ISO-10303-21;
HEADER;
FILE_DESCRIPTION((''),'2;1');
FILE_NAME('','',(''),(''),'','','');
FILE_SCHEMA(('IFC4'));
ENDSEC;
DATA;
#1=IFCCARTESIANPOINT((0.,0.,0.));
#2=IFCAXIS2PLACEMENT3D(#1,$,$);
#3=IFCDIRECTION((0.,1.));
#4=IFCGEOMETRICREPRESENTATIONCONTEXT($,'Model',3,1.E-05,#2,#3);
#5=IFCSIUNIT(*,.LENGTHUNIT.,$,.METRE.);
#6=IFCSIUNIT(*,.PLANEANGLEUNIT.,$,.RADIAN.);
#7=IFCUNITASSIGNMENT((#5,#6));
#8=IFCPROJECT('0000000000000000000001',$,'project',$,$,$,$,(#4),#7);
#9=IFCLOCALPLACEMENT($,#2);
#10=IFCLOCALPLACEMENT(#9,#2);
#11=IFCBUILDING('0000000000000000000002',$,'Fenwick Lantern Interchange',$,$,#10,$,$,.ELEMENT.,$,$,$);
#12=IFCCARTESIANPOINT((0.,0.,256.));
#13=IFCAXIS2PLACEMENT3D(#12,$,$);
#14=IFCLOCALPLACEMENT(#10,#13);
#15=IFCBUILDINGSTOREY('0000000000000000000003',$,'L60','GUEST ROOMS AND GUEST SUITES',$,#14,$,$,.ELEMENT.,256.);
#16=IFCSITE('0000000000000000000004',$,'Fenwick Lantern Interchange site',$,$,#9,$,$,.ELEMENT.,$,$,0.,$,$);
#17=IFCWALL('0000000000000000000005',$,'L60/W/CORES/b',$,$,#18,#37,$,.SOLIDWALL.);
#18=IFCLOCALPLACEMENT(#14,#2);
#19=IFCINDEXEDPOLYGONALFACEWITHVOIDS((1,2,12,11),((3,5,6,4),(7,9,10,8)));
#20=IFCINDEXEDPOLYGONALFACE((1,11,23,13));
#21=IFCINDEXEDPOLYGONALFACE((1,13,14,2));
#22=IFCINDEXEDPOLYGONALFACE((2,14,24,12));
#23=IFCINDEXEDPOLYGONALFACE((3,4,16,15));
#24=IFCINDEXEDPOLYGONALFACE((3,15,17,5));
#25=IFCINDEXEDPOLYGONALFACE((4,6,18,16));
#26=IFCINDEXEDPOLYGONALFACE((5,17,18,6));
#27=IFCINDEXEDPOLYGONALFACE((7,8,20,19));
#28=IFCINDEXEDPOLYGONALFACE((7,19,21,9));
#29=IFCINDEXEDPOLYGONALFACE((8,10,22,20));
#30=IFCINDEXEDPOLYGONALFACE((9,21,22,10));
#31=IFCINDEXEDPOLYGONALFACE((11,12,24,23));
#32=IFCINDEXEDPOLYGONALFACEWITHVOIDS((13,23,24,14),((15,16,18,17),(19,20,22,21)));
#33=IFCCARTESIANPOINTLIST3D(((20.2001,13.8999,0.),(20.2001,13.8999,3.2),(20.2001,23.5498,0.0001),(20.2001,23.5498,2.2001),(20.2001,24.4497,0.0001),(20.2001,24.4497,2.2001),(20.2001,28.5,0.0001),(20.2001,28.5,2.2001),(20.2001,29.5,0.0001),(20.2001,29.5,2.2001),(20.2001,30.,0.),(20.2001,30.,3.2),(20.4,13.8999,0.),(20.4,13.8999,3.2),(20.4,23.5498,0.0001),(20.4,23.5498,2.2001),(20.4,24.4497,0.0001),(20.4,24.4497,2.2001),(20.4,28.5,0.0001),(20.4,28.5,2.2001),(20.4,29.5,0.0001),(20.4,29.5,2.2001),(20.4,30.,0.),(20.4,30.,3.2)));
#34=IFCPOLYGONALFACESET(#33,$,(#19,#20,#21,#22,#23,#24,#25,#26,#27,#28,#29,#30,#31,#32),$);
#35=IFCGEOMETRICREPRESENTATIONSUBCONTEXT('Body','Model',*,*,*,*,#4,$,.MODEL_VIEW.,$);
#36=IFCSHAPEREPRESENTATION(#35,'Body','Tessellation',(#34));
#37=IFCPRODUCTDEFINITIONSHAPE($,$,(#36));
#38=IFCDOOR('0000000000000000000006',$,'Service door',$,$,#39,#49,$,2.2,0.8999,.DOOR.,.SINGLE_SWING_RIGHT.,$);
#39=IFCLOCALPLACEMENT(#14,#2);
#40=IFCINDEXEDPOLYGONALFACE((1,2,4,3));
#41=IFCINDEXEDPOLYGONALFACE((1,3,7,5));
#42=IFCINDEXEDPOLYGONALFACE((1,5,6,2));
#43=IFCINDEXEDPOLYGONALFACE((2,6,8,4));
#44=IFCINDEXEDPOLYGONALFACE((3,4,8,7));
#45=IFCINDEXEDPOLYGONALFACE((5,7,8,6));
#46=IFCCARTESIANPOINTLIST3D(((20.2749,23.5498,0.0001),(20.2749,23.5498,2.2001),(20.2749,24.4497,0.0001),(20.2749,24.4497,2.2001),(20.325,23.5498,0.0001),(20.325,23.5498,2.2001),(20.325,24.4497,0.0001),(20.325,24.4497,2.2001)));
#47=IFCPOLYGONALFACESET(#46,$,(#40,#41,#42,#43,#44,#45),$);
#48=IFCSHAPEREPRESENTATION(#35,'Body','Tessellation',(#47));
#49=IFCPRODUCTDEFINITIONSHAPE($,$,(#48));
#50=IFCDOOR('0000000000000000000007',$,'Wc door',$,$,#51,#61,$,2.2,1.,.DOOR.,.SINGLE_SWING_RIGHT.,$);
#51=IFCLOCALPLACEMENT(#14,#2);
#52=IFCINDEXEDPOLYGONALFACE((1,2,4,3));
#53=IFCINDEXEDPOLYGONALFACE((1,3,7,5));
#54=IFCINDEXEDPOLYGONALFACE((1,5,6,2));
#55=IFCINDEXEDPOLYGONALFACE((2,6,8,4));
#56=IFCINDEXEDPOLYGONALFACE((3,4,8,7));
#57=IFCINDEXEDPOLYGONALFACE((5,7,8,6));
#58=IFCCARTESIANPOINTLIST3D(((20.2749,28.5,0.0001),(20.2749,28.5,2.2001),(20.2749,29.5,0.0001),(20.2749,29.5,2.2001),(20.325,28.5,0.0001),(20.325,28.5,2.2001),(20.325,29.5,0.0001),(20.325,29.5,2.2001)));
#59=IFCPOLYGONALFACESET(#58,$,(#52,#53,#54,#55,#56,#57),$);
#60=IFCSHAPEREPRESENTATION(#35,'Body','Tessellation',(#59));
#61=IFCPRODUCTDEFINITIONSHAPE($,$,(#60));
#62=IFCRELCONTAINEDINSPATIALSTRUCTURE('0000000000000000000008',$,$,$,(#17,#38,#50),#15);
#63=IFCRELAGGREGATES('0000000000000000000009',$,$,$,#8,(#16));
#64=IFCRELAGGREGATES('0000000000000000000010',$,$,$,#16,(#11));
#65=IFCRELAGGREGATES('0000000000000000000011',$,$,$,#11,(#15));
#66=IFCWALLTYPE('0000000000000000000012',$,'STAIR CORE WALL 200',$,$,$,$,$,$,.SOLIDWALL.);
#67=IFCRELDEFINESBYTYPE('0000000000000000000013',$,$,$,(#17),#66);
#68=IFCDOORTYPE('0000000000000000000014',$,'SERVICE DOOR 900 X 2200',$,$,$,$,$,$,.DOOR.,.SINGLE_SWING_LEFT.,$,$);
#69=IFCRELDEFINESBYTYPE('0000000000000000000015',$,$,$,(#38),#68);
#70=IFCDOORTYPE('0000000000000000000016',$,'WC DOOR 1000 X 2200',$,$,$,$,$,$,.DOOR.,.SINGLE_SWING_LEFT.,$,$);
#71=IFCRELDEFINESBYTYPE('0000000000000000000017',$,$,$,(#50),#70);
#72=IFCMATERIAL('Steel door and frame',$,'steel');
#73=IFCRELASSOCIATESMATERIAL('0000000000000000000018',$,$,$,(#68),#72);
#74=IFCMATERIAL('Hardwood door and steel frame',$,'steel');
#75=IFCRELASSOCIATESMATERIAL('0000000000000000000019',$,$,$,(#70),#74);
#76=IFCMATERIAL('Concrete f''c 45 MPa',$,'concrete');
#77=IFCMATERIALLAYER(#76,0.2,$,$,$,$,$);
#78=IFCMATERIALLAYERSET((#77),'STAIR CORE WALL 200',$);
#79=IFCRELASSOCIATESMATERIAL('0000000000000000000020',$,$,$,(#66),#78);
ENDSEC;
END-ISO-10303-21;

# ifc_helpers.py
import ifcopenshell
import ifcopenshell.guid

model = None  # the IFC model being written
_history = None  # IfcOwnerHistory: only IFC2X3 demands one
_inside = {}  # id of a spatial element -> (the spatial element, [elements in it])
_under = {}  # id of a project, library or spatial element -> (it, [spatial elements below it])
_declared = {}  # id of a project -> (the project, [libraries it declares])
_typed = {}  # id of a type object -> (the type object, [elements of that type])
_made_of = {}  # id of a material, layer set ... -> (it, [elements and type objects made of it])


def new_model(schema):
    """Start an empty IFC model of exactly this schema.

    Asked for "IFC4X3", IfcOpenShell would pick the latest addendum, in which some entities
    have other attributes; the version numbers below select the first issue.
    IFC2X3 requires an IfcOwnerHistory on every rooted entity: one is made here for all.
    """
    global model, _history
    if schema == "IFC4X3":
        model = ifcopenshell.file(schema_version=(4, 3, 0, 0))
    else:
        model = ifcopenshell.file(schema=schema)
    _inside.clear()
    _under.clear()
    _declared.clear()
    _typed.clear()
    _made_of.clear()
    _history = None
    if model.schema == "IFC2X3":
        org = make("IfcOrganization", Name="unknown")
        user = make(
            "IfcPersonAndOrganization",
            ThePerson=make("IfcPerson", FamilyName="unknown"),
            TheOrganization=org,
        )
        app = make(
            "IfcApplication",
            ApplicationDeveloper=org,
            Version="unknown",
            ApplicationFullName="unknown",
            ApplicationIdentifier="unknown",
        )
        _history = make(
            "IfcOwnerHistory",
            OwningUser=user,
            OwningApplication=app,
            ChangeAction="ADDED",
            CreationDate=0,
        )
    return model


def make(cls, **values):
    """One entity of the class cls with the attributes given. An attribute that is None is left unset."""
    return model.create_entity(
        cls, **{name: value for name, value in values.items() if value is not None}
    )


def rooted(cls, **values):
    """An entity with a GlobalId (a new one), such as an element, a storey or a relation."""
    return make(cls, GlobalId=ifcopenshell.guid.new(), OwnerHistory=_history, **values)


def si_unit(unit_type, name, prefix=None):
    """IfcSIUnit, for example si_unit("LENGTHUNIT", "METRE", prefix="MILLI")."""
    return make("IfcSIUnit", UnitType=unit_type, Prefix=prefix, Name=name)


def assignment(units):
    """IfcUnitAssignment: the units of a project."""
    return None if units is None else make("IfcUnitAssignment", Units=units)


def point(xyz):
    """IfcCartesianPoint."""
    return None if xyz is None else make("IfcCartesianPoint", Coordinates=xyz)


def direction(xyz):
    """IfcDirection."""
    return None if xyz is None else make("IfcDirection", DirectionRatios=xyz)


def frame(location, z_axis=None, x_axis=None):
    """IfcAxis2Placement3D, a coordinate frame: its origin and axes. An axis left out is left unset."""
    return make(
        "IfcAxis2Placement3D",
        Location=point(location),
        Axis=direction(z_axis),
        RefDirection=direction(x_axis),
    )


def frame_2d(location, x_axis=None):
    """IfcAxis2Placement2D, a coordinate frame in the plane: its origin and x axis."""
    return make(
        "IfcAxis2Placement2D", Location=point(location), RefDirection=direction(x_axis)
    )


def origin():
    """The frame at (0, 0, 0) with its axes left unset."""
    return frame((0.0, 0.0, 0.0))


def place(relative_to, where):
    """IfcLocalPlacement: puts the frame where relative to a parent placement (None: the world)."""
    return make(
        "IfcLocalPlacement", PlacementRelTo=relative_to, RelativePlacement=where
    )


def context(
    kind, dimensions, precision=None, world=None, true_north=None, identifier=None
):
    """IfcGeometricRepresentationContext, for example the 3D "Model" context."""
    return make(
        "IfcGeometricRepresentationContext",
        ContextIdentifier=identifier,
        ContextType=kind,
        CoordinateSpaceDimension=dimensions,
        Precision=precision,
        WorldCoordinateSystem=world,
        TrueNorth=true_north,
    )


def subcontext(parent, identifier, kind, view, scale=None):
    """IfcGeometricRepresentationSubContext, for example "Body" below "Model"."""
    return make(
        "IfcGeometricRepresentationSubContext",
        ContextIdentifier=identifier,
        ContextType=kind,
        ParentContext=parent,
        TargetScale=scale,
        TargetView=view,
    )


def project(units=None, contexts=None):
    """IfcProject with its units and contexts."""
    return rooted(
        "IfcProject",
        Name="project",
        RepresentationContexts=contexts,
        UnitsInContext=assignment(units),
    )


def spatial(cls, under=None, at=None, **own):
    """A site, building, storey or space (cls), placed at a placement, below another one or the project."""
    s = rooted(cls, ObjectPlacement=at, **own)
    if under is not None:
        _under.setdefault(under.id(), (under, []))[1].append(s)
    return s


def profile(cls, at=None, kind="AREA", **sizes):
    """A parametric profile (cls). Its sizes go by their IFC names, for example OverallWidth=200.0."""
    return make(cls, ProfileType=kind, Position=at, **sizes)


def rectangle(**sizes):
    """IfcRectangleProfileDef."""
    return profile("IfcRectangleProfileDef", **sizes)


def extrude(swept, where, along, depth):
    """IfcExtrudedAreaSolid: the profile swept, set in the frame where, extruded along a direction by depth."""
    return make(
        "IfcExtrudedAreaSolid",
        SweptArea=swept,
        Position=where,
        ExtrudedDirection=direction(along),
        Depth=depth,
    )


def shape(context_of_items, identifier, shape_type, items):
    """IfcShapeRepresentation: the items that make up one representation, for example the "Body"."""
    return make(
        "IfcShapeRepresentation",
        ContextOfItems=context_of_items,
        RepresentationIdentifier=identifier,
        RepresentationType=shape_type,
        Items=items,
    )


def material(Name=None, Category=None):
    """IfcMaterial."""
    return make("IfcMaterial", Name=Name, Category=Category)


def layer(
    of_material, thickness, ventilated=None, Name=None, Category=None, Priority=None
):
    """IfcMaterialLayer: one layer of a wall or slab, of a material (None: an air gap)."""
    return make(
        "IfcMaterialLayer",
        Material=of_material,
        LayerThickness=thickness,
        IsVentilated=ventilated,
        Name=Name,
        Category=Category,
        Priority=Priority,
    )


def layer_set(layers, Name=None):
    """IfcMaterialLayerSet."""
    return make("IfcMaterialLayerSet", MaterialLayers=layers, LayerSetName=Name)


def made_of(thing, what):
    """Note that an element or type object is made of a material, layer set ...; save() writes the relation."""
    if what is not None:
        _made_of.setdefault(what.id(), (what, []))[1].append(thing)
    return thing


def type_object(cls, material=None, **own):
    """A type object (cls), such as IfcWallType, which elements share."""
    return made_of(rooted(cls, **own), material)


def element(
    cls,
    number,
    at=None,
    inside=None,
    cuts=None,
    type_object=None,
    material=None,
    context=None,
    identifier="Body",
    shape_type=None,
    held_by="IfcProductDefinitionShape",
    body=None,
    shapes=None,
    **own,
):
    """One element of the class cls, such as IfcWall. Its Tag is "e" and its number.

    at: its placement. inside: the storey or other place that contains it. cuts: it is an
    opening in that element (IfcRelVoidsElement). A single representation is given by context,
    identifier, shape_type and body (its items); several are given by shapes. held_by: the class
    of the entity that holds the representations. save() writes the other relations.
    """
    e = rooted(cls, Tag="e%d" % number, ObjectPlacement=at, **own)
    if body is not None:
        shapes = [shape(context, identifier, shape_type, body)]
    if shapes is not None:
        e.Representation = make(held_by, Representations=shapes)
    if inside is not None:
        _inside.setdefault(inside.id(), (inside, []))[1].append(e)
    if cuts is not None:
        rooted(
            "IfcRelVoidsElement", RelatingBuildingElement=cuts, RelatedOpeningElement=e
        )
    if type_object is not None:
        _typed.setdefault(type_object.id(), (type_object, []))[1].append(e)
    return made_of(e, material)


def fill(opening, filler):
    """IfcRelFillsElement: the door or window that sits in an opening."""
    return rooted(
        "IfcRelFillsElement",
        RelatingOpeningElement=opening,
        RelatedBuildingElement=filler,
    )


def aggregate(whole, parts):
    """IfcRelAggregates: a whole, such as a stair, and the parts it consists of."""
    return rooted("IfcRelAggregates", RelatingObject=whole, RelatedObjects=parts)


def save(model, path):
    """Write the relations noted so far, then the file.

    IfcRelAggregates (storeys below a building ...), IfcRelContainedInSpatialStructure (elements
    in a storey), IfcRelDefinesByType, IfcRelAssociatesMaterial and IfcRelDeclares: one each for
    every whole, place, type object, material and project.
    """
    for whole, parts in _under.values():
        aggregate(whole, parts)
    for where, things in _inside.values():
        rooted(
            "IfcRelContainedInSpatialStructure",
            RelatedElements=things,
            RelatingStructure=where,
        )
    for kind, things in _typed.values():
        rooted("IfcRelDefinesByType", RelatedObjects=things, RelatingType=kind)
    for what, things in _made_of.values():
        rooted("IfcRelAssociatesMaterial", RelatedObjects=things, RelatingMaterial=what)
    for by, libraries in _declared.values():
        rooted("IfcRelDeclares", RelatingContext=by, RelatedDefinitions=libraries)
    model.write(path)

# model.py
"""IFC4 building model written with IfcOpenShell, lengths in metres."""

from ifc_helpers import new_model, si_unit, direction, frame, frame_2d, origin, place, context, subcontext, project, spatial, rectangle, extrude, material, layer, layer_set, type_object, element, fill, save


model = new_model("IFC4")

# Units and contexts
model_context = context("Model", 3, precision=1e-05, world=origin(), true_north=direction((0.0, 1.0)))
body_context = subcontext(model_context, "Body", "Model", "MODEL_VIEW")
ifc_project = project(units=[si_unit("LENGTHUNIT", "METRE"), si_unit("PLANEANGLEUNIT", "RADIAN")], contexts=[model_context])

# Site, building, storey
site_placement = place(None, origin())
site = spatial("IfcSite", under=ifc_project, at=site_placement, Name="Fenwick Lantern Interchange site", CompositionType="ELEMENT", RefElevation=0.0)
building_placement = place(site_placement, origin())
building = spatial("IfcBuilding", under=site, at=building_placement, Name="Fenwick Lantern Interchange", CompositionType="ELEMENT")
storey_placement = place(building_placement, frame((0.0, 0.0, 256.0)))
storey = spatial("IfcBuildingStorey", under=building, at=storey_placement, Name="L60", Description="GUEST ROOMS AND GUEST SUITES", CompositionType="ELEMENT", Elevation=256.0)

# Shared definitions
ifc_material_1 = material(Name="Steel door and frame", Category="steel")
door_type_1 = type_object("IfcDoorType", Name="SERVICE DOOR 900 X 2200", OperationType="SINGLE_SWING_LEFT", PredefinedType="DOOR", material=ifc_material_1)

# Shared definitions
ifc_material_2 = material(Name="Hardwood door and steel frame", Category="steel")
door_type_2 = type_object("IfcDoorType", Name="WC DOOR 1000 X 2200", OperationType="SINGLE_SWING_LEFT", PredefinedType="DOOR", material=ifc_material_2)

# Wall, openings, doors
ifc_material_3 = material(Name="Concrete f'c 45 MPa", Category="concrete")
ifc_layer_1 = layer(ifc_material_3, 0.2)
ifc_layer_set_1 = layer_set([ifc_layer_1], Name="STAIR CORE WALL 200")
wall_type_1 = type_object("IfcWallType", Name="STAIR CORE WALL 200", PredefinedType="SOLIDWALL", material=ifc_layer_set_1)
wall_1_placement = place(storey_placement, frame((20.3, 13.8999, 0.0), z_axis=(0.0, 0.0, 1.0), x_axis=(0.0, 1.0, 0.0)))
wall_1 = element("IfcWall", 1, at=wall_1_placement, inside=storey, type_object=wall_type_1, Name="L60/W/CORES/b", PredefinedType="SOLIDWALL", context=body_context, shape_type="SweptSolid", body=[
    extrude(rectangle(XDim=16.1001, YDim=0.2, at=frame_2d((8.05, 0.0))), origin(), (0.0, 0.0, 1.0), 3.2),
])
opening_1_placement = place(wall_1_placement, frame((9.6499, 0.0, 0.0)))
opening_1 = element("IfcOpeningElement", 2, at=opening_1_placement, cuts=wall_1, PredefinedType="OPENING", context=body_context, shape_type="SweptSolid", body=[
    extrude(rectangle(XDim=0.8999, YDim=2.2, at=frame_2d((0.45, 1.1001))), frame((0.0, 0.1099, 0.0), z_axis=(0.0, -1.0, 0.0), x_axis=(1.0, 0.0, 0.0)), (0.0, 0.0, 1.0), 0.22),
])
opening_2_placement = place(wall_1_placement, frame((14.6001, 0.0, 0.0)))
opening_2 = element("IfcOpeningElement", 3, at=opening_2_placement, cuts=wall_1, PredefinedType="OPENING", context=body_context, shape_type="SweptSolid", body=[
    extrude(rectangle(XDim=1.0, YDim=2.2, at=frame_2d((0.5, 1.1001))), frame((0.0, 0.1099, 0.0), z_axis=(0.0, -1.0, 0.0), x_axis=(1.0, 0.0, 0.0)), (0.0, 0.0, 1.0), 0.22),
])
door_1_placement = place(opening_1_placement, frame((0.8999, 0.0, 0.0), z_axis=(0.0, 0.0, 1.0), x_axis=(-1.0, 0.0, 0.0)))
door_1 = element("IfcDoor", 4, at=door_1_placement, inside=storey, type_object=door_type_1, Name="Service door", OperationType="SINGLE_SWING_RIGHT", OverallHeight=2.2, OverallWidth=0.8999, PredefinedType="DOOR", context=body_context, shape_type="SweptSolid", body=[
    extrude(rectangle(XDim=0.8999, YDim=2.2, at=frame_2d((0.45, 1.1001))), frame((0.0, 0.0249, 0.0), z_axis=(0.0, -1.0, 0.0), x_axis=(1.0, 0.0, 0.0)), (0.0, 0.0, 1.0), 0.05),
])
fill(opening_1, door_1)
door_2_placement = place(opening_2_placement, frame((1.0, 0.0, 0.0), z_axis=(0.0, 0.0, 1.0), x_axis=(-1.0, 0.0, 0.0)))
door_2 = element("IfcDoor", 5, at=door_2_placement, inside=storey, type_object=door_type_2, Name="Wc door", OperationType="SINGLE_SWING_RIGHT", OverallHeight=2.2, OverallWidth=1.0, PredefinedType="DOOR", context=body_context, shape_type="SweptSolid", body=[
    extrude(rectangle(XDim=1.0, YDim=2.2, at=frame_2d((0.5, 1.1001))), frame((0.0, 0.0249, 0.0), z_axis=(0.0, -1.0, 0.0), x_axis=(1.0, 0.0, 0.0)), (0.0, 0.0, 1.0), 0.05),
])
fill(opening_2, door_2)

save(model, "model.ifc")
